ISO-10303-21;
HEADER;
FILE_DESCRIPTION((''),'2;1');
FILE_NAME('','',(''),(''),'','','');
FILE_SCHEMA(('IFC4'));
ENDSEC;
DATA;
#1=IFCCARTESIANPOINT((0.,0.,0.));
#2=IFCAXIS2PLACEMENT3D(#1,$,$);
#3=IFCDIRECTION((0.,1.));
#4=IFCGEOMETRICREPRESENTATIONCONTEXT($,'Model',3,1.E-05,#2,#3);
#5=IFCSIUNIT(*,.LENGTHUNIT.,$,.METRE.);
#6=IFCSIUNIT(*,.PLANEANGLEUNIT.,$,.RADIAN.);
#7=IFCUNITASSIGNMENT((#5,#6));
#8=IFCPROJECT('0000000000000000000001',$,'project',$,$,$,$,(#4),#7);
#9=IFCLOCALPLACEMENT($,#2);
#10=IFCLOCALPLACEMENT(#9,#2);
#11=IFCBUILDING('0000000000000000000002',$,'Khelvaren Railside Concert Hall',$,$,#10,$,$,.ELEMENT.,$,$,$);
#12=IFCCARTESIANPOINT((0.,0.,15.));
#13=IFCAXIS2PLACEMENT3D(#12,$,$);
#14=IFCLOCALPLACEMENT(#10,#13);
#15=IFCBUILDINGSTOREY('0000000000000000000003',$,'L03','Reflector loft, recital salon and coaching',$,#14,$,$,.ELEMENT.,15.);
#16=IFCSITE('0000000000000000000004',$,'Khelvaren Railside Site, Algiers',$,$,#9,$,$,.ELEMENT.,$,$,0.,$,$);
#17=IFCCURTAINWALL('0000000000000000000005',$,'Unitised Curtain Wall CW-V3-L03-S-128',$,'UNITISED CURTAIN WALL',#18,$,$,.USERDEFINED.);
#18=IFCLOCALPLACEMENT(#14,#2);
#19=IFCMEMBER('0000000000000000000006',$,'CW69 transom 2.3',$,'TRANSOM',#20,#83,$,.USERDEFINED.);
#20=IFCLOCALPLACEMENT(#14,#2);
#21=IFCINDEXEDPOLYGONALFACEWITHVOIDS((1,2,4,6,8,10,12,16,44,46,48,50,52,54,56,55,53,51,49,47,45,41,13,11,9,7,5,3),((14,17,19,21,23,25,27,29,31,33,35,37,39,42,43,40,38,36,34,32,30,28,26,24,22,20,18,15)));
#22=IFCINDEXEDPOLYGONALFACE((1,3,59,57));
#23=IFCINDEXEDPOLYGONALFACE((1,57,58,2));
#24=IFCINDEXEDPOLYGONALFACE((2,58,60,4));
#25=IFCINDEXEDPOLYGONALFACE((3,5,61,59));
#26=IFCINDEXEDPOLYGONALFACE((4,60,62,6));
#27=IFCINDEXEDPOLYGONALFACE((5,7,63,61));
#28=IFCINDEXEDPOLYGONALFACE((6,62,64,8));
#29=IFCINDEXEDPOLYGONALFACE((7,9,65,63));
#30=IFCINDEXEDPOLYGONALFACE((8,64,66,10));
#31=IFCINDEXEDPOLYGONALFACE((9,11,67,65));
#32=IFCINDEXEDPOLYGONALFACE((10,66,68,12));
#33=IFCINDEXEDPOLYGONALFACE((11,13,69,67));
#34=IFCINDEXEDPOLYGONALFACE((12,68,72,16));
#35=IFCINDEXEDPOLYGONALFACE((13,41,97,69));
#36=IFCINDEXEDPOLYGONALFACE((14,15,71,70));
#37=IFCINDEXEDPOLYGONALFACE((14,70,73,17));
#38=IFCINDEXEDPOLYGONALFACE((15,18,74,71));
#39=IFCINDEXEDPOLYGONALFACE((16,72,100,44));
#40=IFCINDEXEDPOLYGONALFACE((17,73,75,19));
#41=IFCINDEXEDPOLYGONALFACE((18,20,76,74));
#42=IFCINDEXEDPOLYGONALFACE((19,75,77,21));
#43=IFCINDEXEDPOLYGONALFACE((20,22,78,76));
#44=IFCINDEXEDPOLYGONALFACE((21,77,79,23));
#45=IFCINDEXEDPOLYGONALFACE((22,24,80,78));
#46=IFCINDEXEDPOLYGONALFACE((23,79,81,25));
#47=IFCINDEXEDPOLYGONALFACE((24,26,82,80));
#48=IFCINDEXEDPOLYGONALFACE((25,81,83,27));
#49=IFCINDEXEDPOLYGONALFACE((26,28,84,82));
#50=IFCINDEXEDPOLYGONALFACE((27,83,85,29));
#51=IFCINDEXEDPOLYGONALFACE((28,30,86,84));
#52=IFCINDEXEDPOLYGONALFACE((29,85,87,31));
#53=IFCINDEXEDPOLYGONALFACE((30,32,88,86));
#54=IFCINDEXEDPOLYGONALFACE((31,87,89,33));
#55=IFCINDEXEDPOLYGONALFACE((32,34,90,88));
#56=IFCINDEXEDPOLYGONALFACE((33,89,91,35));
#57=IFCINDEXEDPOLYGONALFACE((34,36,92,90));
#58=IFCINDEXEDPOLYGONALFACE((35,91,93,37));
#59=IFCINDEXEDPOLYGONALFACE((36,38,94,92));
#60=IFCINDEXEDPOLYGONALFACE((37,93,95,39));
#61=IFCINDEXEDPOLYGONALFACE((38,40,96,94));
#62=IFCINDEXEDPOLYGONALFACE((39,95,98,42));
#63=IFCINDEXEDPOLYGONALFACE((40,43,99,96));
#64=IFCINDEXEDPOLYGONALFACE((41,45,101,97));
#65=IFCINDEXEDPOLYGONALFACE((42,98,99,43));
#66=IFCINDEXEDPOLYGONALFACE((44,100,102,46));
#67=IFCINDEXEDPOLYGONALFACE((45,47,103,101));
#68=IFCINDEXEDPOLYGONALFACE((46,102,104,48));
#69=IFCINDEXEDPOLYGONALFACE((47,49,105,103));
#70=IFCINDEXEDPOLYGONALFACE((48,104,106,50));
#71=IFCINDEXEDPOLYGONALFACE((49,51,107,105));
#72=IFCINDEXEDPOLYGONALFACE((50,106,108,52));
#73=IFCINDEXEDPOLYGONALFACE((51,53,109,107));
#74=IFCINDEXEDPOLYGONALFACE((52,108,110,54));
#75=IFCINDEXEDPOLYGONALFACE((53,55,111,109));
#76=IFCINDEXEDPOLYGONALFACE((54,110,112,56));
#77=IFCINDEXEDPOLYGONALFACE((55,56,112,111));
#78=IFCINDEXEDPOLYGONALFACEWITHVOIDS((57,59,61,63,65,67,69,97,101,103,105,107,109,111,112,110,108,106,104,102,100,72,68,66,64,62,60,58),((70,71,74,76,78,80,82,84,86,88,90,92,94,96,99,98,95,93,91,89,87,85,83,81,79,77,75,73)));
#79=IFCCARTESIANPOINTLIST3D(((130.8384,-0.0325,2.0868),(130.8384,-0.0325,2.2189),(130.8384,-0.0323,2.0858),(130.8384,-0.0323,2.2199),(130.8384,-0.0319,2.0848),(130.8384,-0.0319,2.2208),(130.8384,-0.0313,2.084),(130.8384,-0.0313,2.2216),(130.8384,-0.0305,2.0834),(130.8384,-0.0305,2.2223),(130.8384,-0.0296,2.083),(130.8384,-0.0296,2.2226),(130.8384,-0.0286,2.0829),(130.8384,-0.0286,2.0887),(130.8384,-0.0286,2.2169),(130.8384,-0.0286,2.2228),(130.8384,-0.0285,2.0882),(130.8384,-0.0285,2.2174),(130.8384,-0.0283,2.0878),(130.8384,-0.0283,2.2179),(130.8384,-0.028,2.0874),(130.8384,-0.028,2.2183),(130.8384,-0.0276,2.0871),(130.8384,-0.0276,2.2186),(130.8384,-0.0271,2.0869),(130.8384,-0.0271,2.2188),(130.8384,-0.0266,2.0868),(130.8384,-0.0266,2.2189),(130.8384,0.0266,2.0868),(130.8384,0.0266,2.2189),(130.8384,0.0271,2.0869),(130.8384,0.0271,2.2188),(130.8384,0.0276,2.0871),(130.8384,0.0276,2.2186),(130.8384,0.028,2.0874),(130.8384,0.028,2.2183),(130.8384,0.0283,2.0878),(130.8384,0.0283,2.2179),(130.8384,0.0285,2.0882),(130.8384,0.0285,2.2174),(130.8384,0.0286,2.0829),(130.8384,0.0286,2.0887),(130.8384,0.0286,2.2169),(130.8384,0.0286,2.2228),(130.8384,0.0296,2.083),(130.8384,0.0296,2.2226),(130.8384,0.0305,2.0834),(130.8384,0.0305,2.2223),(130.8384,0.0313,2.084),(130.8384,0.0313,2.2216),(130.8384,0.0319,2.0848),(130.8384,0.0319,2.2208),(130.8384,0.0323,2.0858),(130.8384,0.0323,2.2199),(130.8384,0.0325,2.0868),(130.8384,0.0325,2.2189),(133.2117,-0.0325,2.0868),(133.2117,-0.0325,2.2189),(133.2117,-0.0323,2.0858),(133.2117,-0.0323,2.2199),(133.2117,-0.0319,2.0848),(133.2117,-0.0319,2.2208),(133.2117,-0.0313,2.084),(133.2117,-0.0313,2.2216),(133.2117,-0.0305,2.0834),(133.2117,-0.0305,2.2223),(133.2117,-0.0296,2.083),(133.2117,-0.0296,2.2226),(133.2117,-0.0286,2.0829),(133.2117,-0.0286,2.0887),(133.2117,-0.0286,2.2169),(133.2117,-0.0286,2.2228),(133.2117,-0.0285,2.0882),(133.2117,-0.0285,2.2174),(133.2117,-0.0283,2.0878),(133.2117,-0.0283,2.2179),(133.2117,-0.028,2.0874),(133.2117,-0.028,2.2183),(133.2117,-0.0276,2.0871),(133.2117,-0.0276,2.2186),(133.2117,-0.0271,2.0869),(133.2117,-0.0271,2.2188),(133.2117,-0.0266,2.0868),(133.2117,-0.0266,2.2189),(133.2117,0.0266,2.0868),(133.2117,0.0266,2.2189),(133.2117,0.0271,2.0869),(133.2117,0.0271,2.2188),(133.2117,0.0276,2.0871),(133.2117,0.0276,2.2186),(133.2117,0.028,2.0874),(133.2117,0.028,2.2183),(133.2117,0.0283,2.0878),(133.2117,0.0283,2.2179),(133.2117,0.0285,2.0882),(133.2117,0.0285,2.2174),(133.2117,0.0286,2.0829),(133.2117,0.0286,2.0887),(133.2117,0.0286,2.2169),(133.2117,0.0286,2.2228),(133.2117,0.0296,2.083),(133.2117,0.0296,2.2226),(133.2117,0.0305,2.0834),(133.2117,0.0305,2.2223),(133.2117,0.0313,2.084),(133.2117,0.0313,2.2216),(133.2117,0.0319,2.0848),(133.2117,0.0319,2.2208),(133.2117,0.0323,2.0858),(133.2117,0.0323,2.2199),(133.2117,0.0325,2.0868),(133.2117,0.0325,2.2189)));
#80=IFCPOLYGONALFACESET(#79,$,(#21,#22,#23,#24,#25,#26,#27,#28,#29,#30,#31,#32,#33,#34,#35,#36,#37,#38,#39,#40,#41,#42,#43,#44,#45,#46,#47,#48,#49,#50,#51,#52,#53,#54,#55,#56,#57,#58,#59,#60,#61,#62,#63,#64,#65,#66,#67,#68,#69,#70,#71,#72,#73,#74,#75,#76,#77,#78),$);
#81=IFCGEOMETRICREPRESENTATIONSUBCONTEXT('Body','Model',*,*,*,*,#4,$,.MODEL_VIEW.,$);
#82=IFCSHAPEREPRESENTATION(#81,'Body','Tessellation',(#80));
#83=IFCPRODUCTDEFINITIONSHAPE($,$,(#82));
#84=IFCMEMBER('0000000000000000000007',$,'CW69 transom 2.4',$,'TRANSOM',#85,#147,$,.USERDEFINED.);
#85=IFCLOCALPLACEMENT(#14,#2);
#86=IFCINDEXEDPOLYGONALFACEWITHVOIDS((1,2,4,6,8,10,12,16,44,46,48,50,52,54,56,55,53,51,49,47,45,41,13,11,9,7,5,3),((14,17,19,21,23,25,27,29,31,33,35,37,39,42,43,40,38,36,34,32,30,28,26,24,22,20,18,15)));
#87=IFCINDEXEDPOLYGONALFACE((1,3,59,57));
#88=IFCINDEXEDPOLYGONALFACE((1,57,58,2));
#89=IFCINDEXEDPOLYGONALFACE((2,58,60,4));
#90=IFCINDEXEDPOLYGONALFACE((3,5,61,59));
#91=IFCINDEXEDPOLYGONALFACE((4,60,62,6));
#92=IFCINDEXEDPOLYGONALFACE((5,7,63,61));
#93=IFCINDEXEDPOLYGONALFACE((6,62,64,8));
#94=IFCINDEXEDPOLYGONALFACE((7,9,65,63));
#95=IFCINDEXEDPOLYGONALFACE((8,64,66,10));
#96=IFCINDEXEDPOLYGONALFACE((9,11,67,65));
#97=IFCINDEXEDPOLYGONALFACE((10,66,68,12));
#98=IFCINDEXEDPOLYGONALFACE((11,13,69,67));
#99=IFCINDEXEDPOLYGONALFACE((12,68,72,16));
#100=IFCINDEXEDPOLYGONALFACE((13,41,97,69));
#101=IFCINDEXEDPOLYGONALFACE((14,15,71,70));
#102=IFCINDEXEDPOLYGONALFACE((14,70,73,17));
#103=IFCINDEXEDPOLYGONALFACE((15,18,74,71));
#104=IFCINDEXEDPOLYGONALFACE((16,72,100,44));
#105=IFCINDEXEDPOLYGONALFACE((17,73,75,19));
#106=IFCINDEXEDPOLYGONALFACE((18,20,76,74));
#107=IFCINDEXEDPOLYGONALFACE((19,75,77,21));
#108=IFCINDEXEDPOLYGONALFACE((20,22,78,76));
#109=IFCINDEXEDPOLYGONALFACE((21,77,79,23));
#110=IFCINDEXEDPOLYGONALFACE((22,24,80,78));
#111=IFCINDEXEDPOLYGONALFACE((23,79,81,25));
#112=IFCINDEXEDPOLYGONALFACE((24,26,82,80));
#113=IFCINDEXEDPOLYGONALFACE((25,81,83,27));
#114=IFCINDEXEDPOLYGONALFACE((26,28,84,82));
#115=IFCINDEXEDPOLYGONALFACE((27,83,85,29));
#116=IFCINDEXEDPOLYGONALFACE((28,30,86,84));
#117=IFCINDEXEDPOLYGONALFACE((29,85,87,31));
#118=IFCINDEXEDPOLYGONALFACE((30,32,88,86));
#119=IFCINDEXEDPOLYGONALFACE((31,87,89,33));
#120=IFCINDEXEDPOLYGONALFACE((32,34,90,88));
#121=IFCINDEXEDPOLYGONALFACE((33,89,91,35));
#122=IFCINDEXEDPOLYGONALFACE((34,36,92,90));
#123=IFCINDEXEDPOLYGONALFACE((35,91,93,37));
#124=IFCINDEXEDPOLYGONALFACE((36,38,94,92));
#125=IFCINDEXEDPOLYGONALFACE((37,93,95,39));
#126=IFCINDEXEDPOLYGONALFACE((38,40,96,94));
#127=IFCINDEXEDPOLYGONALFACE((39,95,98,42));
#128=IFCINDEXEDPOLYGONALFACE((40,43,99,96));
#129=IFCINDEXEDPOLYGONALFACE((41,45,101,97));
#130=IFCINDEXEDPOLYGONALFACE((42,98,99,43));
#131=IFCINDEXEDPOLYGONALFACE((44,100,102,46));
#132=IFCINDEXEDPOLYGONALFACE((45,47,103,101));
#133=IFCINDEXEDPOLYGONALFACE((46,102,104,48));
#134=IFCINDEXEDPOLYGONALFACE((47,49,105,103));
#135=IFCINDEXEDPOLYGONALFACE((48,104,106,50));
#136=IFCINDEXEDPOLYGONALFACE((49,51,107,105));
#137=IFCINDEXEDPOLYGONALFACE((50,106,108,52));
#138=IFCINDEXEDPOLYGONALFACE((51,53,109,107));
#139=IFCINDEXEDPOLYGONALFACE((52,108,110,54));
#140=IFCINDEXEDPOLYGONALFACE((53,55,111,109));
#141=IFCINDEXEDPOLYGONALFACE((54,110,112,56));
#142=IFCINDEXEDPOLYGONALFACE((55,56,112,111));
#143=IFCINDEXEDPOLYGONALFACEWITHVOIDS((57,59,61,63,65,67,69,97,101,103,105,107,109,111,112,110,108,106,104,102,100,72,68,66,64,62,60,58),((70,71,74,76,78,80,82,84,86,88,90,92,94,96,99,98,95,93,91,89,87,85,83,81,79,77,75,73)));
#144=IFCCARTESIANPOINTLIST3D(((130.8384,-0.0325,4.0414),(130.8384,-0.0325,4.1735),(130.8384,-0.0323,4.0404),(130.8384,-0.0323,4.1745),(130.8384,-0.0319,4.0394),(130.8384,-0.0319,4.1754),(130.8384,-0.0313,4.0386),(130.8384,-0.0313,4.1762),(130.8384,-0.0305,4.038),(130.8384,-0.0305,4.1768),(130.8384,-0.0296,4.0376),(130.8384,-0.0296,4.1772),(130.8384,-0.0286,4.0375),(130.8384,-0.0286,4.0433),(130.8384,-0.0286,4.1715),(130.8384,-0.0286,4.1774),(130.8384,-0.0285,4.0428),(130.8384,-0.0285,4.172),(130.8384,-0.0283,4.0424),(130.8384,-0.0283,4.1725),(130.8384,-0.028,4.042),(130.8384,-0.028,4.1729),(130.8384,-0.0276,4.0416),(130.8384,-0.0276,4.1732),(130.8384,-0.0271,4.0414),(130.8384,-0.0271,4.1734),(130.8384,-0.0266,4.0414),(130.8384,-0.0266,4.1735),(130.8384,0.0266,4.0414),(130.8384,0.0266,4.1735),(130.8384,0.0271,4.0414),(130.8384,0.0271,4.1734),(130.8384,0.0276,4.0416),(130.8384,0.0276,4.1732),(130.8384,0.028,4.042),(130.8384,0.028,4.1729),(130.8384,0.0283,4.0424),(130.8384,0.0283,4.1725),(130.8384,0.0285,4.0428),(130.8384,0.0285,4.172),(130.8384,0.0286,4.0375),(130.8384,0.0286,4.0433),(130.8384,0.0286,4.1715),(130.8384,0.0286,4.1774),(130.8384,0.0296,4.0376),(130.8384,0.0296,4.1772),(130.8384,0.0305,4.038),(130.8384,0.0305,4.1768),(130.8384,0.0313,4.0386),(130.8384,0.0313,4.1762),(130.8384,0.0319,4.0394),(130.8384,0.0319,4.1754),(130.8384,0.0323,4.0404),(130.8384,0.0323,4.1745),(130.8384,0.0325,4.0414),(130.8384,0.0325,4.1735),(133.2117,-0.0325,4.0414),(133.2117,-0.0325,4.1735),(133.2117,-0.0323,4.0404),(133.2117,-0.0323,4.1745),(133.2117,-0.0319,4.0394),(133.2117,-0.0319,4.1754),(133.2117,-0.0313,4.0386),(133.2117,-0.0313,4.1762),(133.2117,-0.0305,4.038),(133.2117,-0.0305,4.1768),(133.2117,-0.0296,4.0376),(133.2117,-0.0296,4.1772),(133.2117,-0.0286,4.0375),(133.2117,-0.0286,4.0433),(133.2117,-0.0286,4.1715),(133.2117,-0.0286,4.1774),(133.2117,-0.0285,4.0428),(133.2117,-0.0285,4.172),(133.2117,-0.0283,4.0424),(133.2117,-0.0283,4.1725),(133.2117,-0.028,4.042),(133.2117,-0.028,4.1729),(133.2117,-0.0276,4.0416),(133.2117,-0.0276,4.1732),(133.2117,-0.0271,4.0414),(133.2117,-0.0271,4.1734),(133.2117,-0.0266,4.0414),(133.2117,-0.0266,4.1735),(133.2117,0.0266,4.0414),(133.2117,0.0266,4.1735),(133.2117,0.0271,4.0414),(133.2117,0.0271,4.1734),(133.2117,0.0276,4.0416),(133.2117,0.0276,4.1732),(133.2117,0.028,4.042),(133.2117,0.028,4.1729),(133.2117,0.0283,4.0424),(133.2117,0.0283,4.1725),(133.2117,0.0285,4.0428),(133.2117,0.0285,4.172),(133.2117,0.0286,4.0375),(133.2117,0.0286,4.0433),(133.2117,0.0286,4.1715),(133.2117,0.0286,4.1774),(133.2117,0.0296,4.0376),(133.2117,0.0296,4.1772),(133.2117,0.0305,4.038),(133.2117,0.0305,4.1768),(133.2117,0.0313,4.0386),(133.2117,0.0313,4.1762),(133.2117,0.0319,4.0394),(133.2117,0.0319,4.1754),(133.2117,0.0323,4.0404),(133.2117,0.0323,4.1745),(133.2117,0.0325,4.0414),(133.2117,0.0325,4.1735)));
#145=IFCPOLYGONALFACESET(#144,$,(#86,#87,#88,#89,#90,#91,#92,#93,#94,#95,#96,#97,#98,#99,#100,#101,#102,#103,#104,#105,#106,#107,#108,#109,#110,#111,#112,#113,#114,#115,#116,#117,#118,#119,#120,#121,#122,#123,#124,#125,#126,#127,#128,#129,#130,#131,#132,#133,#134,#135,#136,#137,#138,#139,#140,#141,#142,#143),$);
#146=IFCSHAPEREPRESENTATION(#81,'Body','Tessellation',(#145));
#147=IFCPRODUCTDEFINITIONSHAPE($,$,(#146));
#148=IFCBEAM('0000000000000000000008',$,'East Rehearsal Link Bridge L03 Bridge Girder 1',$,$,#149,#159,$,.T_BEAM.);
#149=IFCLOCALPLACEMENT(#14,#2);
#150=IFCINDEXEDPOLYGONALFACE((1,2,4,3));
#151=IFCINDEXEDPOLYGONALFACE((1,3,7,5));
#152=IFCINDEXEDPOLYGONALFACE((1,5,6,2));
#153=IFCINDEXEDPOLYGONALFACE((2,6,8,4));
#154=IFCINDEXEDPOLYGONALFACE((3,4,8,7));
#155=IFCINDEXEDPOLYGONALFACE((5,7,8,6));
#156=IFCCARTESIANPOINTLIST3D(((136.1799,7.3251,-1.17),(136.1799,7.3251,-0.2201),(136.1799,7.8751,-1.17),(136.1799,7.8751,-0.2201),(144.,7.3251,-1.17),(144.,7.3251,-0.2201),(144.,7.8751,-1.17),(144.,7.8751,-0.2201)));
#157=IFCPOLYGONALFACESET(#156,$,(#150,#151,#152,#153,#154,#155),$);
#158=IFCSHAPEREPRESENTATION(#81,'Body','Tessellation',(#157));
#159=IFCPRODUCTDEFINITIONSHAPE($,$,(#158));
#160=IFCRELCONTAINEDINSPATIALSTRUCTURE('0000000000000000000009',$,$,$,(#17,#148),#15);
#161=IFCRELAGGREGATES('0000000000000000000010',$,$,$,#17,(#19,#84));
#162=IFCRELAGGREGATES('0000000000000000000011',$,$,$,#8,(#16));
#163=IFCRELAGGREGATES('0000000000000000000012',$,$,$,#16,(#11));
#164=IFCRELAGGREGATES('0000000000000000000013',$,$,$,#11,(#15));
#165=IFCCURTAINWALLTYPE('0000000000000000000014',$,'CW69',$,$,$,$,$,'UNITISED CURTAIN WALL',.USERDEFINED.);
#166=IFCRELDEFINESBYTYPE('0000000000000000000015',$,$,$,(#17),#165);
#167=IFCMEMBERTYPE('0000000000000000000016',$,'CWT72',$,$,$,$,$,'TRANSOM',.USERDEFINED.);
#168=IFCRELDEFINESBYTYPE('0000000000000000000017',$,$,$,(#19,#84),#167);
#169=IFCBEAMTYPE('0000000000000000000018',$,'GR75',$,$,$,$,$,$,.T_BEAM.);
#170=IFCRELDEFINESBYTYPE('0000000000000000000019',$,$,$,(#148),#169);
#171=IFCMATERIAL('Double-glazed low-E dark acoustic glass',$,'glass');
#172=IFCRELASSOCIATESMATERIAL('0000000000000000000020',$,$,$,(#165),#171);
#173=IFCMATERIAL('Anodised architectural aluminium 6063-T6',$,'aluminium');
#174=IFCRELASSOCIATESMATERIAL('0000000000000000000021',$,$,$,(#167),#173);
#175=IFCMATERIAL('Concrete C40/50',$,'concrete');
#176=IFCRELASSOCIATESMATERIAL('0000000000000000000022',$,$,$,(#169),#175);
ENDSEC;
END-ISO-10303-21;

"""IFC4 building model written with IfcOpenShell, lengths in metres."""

from ifc_helpers import new_model, si_unit, direction, frame, origin, origin_2d, place, context, subcontext, project, spatial, rectangle, hollow_rectangle, extrude, material, material_profile, profile_set, type_object, element, aggregate, save


model = new_model("IFC4")

# Units and contexts
model_context = context("Model", 3, precision=1e-05, world=origin(), true_north=direction((0.0, 1.0)))
body_context = subcontext(model_context, "Body", "Model", "MODEL_VIEW")
ifc_project = project(units=[si_unit("LENGTHUNIT", "METRE"), si_unit("PLANEANGLEUNIT", "RADIAN")], contexts=[model_context])

# Site, building, storey
site_placement = place(None, origin())
site = spatial("IfcSite", under=ifc_project, at=site_placement, Name="Khelvaren Railside Site, Algiers", CompositionType="ELEMENT", RefElevation=0.0)
building_placement = place(site_placement, origin())
building = spatial("IfcBuilding", under=site, at=building_placement, Name="Khelvaren Railside Concert Hall", CompositionType="ELEMENT")
storey_placement = place(building_placement, frame((0.0, 0.0, 15.0)))
storey = spatial("IfcBuildingStorey", under=building, at=storey_placement, Name="L03", Description="Reflector loft, recital salon and coaching", CompositionType="ELEMENT", Elevation=15.0)

# Curtain wall, members
ifc_material_1 = material(Name="Double-glazed low-E dark acoustic glass", Category="glass")
curtain_wall_type = type_object("IfcCurtainWallType", Name="CW69", ElementType="UNITISED CURTAIN WALL", PredefinedType="USERDEFINED", material=ifc_material_1)
curtain_wall_placement = place(storey_placement, origin())
curtain_wall = element("IfcCurtainWall", 1, at=curtain_wall_placement, inside=storey, type_object=curtain_wall_type, Name="Unitised Curtain Wall CW-V3-L03-S-128", ObjectType="UNITISED CURTAIN WALL", PredefinedType="USERDEFINED")
ifc_material_2 = material(Name="Anodised architectural aluminium 6063-T6", Category="aluminium")
ifc_material_profile_1 = material_profile(ifc_material_2, hollow_rectangle(XDim=0.0649, YDim=0.1399, WallThickness=0.0039, InnerFilletRadius=0.002, OuterFilletRadius=0.0039, at=origin_2d()), Name="CWT 65x140x4")
ifc_profile_set_1 = profile_set([ifc_material_profile_1], Name="Anodised architectural aluminium 6063-T6")
member_type_1 = type_object("IfcMemberType", Name="CWT72", ElementType="TRANSOM", PredefinedType="USERDEFINED", material=ifc_profile_set_1)
member_1_placement = place(storey_placement, frame((133.2117, 0.0, 2.1528), z_axis=(-1.0, 0.0, 0.0), x_axis=(0.0, -1.0, 0.0)))
member_1 = element("IfcMember", 2, at=member_1_placement, type_object=member_type_1, Name="CW69 transom 2.3", ObjectType="TRANSOM", PredefinedType="USERDEFINED", context=body_context, shape_type="SweptSolid", body=[
    extrude(hollow_rectangle(XDim=0.0649, YDim=0.1399, WallThickness=0.0039, InnerFilletRadius=0.002, OuterFilletRadius=0.0039, at=origin_2d()), origin(), (0.0, 0.0, 1.0), 2.3733),
])
member_2_placement = place(storey_placement, frame((133.2117, 0.0, 4.1074), z_axis=(-1.0, 0.0, 0.0), x_axis=(0.0, -1.0, 0.0)))
member_2 = element("IfcMember", 3, at=member_2_placement, type_object=member_type_1, Name="CW69 transom 2.4", ObjectType="TRANSOM", PredefinedType="USERDEFINED", context=body_context, shape_type="SweptSolid", body=[
    extrude(hollow_rectangle(XDim=0.0649, YDim=0.1399, WallThickness=0.0039, InnerFilletRadius=0.002, OuterFilletRadius=0.0039, at=origin_2d()), origin(), (0.0, 0.0, 1.0), 2.3733),
])

# Beam
ifc_material_3 = material(Name="Concrete C40/50", Category="concrete")
ifc_material_profile_2 = material_profile(ifc_material_3, rectangle(XDim=0.55, YDim=0.95, at=origin_2d()), Name="RCB 550x950")
ifc_profile_set_2 = profile_set([ifc_material_profile_2], Name="Concrete C40/50")
beam_type_1 = type_object("IfcBeamType", Name="GR75", PredefinedType="T_BEAM", material=ifc_profile_set_2)
beam_1_placement = place(storey_placement, frame((136.1799, 7.6001, -0.6951), z_axis=(1.0, 0.0, 0.0), x_axis=(0.0, 1.0, 0.0)))
element("IfcBeam", 4, at=beam_1_placement, inside=storey, type_object=beam_type_1, Name="East Rehearsal Link Bridge L03 Bridge Girder 1", PredefinedType="T_BEAM", context=body_context, shape_type="SweptSolid", body=[
    extrude(rectangle(XDim=0.55, YDim=0.95, at=origin_2d()), origin(), (0.0, 0.0, 1.0), 7.8201),
])

aggregate(curtain_wall, [member_1, member_2])

save(model, "model.ifc")
